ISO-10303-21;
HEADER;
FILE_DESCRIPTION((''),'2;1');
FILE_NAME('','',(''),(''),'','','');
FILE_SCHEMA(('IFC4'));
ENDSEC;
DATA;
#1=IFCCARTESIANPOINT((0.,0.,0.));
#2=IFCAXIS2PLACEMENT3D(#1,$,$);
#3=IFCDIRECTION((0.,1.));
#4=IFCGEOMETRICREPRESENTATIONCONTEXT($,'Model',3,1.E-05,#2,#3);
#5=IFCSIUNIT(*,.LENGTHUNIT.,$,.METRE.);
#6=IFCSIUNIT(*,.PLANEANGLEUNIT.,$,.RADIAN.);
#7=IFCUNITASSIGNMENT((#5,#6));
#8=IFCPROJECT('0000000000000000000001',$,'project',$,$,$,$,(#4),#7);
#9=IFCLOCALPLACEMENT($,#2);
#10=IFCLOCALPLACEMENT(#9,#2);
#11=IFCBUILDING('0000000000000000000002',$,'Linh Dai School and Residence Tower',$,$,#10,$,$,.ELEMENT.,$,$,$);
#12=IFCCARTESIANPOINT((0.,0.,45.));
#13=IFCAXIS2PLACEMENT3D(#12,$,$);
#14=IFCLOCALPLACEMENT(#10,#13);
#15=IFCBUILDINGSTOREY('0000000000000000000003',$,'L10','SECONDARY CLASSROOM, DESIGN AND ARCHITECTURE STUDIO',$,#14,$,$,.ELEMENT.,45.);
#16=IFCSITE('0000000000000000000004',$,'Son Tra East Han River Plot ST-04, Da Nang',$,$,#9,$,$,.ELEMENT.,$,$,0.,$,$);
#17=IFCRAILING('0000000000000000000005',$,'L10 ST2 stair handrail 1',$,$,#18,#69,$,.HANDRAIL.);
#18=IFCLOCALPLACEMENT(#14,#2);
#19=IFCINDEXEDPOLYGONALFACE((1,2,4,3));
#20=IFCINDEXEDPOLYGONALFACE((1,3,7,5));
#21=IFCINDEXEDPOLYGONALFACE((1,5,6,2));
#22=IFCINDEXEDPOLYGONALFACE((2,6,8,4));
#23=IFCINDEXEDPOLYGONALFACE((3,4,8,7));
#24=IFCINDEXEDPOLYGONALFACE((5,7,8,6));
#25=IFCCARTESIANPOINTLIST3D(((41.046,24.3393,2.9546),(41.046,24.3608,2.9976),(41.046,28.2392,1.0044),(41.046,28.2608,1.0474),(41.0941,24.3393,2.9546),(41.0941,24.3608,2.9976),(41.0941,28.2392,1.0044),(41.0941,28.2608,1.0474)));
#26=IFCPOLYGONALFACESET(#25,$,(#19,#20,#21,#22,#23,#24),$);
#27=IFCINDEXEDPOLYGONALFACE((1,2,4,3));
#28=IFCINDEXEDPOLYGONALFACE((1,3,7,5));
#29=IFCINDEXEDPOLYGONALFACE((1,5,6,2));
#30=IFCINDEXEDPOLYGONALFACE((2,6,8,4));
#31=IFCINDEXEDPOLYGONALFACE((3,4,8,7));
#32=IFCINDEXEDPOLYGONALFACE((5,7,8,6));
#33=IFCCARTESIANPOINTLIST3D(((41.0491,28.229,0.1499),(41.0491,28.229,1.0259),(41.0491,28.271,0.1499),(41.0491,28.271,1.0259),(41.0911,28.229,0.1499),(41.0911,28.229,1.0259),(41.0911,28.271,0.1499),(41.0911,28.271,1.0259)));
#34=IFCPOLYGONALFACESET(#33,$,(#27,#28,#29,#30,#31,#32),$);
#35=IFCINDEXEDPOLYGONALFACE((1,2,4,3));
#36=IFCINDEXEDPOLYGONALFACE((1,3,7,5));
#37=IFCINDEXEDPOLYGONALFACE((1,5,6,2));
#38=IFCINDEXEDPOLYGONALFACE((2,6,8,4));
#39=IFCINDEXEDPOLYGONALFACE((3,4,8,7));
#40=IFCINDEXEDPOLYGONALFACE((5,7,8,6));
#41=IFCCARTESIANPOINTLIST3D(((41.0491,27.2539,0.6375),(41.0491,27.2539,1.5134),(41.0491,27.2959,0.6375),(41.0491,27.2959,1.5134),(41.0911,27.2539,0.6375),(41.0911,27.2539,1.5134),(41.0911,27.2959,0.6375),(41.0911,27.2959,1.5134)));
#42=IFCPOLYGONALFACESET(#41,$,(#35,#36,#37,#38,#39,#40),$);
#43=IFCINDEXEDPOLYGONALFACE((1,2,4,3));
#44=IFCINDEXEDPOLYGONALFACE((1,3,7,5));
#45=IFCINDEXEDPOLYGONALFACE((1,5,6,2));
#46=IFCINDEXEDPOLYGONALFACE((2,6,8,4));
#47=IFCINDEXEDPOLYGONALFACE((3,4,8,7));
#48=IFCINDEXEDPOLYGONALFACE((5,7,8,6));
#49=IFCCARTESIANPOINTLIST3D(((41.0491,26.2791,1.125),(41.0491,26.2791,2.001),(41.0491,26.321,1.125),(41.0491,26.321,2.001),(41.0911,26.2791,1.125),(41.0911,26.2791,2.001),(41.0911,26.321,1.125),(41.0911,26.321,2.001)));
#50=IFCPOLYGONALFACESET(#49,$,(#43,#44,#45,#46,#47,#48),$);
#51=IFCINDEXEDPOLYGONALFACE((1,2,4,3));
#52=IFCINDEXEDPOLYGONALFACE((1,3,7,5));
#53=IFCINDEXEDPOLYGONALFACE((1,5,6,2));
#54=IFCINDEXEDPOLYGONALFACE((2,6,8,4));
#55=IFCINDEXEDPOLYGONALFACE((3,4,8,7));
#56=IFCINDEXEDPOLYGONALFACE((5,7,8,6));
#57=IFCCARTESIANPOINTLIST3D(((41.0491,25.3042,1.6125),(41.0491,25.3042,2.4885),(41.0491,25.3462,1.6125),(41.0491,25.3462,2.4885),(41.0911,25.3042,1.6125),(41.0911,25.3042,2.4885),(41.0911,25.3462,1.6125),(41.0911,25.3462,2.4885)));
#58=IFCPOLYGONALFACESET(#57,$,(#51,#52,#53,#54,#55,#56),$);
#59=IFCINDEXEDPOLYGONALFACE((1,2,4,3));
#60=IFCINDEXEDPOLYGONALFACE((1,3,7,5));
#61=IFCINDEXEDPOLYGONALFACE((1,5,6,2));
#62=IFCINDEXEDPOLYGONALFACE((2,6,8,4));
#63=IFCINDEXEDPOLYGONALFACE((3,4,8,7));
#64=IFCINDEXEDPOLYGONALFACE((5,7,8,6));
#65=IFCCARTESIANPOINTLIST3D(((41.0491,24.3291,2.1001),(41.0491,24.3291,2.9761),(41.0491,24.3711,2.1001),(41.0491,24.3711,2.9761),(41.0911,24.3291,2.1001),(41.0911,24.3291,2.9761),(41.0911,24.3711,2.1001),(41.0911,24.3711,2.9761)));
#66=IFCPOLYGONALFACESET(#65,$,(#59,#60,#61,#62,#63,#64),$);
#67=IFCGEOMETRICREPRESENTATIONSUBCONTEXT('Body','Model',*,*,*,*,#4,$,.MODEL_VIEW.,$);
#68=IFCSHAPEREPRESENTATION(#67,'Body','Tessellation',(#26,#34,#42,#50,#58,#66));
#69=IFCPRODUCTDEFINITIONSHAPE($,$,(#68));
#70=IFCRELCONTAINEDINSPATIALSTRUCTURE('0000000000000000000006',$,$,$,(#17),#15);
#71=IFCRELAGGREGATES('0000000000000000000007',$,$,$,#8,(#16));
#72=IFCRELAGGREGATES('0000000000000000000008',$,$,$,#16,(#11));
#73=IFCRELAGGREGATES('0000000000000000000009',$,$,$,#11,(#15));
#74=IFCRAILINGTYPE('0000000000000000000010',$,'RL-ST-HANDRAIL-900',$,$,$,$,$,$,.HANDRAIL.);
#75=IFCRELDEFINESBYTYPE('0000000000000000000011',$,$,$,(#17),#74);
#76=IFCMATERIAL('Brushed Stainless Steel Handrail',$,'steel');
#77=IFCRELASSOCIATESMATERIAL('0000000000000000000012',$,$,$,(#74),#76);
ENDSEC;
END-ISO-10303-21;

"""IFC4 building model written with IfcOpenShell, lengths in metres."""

from ifc_helpers import new_model, si_unit, direction, frame, origin, origin_2d, place, context, subcontext, project, spatial, rectangle, extrude, source, transform, mapped, material, type_object, element, save


model = new_model("IFC4")

# Units and contexts
model_context = context("Model", 3, precision=1e-05, world=origin(), true_north=direction((0.0, 1.0)))
body_context = subcontext(model_context, "Body", "Model", "MODEL_VIEW")
ifc_project = project(units=[si_unit("LENGTHUNIT", "METRE"), si_unit("PLANEANGLEUNIT", "RADIAN")], contexts=[model_context])

# Site, building, storey
site_placement = place(None, origin())
site = spatial("IfcSite", under=ifc_project, at=site_placement, Name="Son Tra East Han River Plot ST-04, Da Nang", CompositionType="ELEMENT", RefElevation=0.0)
building_placement = place(site_placement, origin())
building = spatial("IfcBuilding", under=site, at=building_placement, Name="Linh Dai School and Residence Tower", CompositionType="ELEMENT")
storey_placement = place(building_placement, frame((0.0, 0.0, 45.0)))
storey = spatial("IfcBuildingStorey", under=building, at=storey_placement, Name="L10", Description="SECONDARY CLASSROOM, DESIGN AND ARCHITECTURE STUDIO", CompositionType="ELEMENT", Elevation=45.0)

# Railing
ifc_material_1 = material(Name="Brushed Stainless Steel Handrail", Category="steel")
railing_type_1 = type_object("IfcRailingType", Name="RL-ST-HANDRAIL-900", PredefinedType="HANDRAIL", material=ifc_material_1)
shared_shape_1 = source(origin(), body_context, "Body", "SweptSolid", [
    extrude(rectangle(XDim=0.0481, YDim=0.0481, at=origin_2d()), frame((0.0, 0.0, 0.876), z_axis=(0.0, -0.894405, 0.447258), x_axis=(1.0, 0.0, 0.0)), (0.0, 0.0, 1.0), 4.3604),
    extrude(rectangle(XDim=0.042, YDim=0.042, at=origin_2d()), origin(), (0.0, 0.0, 1.0), 0.876),
    extrude(rectangle(XDim=0.042, YDim=0.042, at=origin_2d()), frame((0.0, -0.9751, 0.4875)), (0.0, 0.0, 1.0), 0.876),
    extrude(rectangle(XDim=0.042, YDim=0.042, at=origin_2d()), frame((0.0, -1.95, 0.9751)), (0.0, 0.0, 1.0), 0.876),
    extrude(rectangle(XDim=0.042, YDim=0.042, at=origin_2d()), frame((0.0, -2.9248, 1.4626)), (0.0, 0.0, 1.0), 0.876),
    extrude(rectangle(XDim=0.042, YDim=0.042, at=origin_2d()), frame((0.0, -3.8999, 1.9502)), (0.0, 0.0, 1.0), 0.876),
])
railing_1_placement = place(storey_placement, frame((41.0701, 28.25, 0.1499)))
element("IfcRailing", 1, at=railing_1_placement, inside=storey, type_object=railing_type_1, Name="L10 ST2 stair handrail 1", PredefinedType="HANDRAIL", context=body_context, shape_type="MappedRepresentation", body=[
    mapped(shared_shape_1, transform((0.0, 0.0, 0.0), x_axis=(1.0, 0.0, 0.0), y_axis=(0.0, 1.0, 0.0), z_axis=(0.0, 0.0, 1.0), scale=1.0)),
])

save(model, "model.ifc")
